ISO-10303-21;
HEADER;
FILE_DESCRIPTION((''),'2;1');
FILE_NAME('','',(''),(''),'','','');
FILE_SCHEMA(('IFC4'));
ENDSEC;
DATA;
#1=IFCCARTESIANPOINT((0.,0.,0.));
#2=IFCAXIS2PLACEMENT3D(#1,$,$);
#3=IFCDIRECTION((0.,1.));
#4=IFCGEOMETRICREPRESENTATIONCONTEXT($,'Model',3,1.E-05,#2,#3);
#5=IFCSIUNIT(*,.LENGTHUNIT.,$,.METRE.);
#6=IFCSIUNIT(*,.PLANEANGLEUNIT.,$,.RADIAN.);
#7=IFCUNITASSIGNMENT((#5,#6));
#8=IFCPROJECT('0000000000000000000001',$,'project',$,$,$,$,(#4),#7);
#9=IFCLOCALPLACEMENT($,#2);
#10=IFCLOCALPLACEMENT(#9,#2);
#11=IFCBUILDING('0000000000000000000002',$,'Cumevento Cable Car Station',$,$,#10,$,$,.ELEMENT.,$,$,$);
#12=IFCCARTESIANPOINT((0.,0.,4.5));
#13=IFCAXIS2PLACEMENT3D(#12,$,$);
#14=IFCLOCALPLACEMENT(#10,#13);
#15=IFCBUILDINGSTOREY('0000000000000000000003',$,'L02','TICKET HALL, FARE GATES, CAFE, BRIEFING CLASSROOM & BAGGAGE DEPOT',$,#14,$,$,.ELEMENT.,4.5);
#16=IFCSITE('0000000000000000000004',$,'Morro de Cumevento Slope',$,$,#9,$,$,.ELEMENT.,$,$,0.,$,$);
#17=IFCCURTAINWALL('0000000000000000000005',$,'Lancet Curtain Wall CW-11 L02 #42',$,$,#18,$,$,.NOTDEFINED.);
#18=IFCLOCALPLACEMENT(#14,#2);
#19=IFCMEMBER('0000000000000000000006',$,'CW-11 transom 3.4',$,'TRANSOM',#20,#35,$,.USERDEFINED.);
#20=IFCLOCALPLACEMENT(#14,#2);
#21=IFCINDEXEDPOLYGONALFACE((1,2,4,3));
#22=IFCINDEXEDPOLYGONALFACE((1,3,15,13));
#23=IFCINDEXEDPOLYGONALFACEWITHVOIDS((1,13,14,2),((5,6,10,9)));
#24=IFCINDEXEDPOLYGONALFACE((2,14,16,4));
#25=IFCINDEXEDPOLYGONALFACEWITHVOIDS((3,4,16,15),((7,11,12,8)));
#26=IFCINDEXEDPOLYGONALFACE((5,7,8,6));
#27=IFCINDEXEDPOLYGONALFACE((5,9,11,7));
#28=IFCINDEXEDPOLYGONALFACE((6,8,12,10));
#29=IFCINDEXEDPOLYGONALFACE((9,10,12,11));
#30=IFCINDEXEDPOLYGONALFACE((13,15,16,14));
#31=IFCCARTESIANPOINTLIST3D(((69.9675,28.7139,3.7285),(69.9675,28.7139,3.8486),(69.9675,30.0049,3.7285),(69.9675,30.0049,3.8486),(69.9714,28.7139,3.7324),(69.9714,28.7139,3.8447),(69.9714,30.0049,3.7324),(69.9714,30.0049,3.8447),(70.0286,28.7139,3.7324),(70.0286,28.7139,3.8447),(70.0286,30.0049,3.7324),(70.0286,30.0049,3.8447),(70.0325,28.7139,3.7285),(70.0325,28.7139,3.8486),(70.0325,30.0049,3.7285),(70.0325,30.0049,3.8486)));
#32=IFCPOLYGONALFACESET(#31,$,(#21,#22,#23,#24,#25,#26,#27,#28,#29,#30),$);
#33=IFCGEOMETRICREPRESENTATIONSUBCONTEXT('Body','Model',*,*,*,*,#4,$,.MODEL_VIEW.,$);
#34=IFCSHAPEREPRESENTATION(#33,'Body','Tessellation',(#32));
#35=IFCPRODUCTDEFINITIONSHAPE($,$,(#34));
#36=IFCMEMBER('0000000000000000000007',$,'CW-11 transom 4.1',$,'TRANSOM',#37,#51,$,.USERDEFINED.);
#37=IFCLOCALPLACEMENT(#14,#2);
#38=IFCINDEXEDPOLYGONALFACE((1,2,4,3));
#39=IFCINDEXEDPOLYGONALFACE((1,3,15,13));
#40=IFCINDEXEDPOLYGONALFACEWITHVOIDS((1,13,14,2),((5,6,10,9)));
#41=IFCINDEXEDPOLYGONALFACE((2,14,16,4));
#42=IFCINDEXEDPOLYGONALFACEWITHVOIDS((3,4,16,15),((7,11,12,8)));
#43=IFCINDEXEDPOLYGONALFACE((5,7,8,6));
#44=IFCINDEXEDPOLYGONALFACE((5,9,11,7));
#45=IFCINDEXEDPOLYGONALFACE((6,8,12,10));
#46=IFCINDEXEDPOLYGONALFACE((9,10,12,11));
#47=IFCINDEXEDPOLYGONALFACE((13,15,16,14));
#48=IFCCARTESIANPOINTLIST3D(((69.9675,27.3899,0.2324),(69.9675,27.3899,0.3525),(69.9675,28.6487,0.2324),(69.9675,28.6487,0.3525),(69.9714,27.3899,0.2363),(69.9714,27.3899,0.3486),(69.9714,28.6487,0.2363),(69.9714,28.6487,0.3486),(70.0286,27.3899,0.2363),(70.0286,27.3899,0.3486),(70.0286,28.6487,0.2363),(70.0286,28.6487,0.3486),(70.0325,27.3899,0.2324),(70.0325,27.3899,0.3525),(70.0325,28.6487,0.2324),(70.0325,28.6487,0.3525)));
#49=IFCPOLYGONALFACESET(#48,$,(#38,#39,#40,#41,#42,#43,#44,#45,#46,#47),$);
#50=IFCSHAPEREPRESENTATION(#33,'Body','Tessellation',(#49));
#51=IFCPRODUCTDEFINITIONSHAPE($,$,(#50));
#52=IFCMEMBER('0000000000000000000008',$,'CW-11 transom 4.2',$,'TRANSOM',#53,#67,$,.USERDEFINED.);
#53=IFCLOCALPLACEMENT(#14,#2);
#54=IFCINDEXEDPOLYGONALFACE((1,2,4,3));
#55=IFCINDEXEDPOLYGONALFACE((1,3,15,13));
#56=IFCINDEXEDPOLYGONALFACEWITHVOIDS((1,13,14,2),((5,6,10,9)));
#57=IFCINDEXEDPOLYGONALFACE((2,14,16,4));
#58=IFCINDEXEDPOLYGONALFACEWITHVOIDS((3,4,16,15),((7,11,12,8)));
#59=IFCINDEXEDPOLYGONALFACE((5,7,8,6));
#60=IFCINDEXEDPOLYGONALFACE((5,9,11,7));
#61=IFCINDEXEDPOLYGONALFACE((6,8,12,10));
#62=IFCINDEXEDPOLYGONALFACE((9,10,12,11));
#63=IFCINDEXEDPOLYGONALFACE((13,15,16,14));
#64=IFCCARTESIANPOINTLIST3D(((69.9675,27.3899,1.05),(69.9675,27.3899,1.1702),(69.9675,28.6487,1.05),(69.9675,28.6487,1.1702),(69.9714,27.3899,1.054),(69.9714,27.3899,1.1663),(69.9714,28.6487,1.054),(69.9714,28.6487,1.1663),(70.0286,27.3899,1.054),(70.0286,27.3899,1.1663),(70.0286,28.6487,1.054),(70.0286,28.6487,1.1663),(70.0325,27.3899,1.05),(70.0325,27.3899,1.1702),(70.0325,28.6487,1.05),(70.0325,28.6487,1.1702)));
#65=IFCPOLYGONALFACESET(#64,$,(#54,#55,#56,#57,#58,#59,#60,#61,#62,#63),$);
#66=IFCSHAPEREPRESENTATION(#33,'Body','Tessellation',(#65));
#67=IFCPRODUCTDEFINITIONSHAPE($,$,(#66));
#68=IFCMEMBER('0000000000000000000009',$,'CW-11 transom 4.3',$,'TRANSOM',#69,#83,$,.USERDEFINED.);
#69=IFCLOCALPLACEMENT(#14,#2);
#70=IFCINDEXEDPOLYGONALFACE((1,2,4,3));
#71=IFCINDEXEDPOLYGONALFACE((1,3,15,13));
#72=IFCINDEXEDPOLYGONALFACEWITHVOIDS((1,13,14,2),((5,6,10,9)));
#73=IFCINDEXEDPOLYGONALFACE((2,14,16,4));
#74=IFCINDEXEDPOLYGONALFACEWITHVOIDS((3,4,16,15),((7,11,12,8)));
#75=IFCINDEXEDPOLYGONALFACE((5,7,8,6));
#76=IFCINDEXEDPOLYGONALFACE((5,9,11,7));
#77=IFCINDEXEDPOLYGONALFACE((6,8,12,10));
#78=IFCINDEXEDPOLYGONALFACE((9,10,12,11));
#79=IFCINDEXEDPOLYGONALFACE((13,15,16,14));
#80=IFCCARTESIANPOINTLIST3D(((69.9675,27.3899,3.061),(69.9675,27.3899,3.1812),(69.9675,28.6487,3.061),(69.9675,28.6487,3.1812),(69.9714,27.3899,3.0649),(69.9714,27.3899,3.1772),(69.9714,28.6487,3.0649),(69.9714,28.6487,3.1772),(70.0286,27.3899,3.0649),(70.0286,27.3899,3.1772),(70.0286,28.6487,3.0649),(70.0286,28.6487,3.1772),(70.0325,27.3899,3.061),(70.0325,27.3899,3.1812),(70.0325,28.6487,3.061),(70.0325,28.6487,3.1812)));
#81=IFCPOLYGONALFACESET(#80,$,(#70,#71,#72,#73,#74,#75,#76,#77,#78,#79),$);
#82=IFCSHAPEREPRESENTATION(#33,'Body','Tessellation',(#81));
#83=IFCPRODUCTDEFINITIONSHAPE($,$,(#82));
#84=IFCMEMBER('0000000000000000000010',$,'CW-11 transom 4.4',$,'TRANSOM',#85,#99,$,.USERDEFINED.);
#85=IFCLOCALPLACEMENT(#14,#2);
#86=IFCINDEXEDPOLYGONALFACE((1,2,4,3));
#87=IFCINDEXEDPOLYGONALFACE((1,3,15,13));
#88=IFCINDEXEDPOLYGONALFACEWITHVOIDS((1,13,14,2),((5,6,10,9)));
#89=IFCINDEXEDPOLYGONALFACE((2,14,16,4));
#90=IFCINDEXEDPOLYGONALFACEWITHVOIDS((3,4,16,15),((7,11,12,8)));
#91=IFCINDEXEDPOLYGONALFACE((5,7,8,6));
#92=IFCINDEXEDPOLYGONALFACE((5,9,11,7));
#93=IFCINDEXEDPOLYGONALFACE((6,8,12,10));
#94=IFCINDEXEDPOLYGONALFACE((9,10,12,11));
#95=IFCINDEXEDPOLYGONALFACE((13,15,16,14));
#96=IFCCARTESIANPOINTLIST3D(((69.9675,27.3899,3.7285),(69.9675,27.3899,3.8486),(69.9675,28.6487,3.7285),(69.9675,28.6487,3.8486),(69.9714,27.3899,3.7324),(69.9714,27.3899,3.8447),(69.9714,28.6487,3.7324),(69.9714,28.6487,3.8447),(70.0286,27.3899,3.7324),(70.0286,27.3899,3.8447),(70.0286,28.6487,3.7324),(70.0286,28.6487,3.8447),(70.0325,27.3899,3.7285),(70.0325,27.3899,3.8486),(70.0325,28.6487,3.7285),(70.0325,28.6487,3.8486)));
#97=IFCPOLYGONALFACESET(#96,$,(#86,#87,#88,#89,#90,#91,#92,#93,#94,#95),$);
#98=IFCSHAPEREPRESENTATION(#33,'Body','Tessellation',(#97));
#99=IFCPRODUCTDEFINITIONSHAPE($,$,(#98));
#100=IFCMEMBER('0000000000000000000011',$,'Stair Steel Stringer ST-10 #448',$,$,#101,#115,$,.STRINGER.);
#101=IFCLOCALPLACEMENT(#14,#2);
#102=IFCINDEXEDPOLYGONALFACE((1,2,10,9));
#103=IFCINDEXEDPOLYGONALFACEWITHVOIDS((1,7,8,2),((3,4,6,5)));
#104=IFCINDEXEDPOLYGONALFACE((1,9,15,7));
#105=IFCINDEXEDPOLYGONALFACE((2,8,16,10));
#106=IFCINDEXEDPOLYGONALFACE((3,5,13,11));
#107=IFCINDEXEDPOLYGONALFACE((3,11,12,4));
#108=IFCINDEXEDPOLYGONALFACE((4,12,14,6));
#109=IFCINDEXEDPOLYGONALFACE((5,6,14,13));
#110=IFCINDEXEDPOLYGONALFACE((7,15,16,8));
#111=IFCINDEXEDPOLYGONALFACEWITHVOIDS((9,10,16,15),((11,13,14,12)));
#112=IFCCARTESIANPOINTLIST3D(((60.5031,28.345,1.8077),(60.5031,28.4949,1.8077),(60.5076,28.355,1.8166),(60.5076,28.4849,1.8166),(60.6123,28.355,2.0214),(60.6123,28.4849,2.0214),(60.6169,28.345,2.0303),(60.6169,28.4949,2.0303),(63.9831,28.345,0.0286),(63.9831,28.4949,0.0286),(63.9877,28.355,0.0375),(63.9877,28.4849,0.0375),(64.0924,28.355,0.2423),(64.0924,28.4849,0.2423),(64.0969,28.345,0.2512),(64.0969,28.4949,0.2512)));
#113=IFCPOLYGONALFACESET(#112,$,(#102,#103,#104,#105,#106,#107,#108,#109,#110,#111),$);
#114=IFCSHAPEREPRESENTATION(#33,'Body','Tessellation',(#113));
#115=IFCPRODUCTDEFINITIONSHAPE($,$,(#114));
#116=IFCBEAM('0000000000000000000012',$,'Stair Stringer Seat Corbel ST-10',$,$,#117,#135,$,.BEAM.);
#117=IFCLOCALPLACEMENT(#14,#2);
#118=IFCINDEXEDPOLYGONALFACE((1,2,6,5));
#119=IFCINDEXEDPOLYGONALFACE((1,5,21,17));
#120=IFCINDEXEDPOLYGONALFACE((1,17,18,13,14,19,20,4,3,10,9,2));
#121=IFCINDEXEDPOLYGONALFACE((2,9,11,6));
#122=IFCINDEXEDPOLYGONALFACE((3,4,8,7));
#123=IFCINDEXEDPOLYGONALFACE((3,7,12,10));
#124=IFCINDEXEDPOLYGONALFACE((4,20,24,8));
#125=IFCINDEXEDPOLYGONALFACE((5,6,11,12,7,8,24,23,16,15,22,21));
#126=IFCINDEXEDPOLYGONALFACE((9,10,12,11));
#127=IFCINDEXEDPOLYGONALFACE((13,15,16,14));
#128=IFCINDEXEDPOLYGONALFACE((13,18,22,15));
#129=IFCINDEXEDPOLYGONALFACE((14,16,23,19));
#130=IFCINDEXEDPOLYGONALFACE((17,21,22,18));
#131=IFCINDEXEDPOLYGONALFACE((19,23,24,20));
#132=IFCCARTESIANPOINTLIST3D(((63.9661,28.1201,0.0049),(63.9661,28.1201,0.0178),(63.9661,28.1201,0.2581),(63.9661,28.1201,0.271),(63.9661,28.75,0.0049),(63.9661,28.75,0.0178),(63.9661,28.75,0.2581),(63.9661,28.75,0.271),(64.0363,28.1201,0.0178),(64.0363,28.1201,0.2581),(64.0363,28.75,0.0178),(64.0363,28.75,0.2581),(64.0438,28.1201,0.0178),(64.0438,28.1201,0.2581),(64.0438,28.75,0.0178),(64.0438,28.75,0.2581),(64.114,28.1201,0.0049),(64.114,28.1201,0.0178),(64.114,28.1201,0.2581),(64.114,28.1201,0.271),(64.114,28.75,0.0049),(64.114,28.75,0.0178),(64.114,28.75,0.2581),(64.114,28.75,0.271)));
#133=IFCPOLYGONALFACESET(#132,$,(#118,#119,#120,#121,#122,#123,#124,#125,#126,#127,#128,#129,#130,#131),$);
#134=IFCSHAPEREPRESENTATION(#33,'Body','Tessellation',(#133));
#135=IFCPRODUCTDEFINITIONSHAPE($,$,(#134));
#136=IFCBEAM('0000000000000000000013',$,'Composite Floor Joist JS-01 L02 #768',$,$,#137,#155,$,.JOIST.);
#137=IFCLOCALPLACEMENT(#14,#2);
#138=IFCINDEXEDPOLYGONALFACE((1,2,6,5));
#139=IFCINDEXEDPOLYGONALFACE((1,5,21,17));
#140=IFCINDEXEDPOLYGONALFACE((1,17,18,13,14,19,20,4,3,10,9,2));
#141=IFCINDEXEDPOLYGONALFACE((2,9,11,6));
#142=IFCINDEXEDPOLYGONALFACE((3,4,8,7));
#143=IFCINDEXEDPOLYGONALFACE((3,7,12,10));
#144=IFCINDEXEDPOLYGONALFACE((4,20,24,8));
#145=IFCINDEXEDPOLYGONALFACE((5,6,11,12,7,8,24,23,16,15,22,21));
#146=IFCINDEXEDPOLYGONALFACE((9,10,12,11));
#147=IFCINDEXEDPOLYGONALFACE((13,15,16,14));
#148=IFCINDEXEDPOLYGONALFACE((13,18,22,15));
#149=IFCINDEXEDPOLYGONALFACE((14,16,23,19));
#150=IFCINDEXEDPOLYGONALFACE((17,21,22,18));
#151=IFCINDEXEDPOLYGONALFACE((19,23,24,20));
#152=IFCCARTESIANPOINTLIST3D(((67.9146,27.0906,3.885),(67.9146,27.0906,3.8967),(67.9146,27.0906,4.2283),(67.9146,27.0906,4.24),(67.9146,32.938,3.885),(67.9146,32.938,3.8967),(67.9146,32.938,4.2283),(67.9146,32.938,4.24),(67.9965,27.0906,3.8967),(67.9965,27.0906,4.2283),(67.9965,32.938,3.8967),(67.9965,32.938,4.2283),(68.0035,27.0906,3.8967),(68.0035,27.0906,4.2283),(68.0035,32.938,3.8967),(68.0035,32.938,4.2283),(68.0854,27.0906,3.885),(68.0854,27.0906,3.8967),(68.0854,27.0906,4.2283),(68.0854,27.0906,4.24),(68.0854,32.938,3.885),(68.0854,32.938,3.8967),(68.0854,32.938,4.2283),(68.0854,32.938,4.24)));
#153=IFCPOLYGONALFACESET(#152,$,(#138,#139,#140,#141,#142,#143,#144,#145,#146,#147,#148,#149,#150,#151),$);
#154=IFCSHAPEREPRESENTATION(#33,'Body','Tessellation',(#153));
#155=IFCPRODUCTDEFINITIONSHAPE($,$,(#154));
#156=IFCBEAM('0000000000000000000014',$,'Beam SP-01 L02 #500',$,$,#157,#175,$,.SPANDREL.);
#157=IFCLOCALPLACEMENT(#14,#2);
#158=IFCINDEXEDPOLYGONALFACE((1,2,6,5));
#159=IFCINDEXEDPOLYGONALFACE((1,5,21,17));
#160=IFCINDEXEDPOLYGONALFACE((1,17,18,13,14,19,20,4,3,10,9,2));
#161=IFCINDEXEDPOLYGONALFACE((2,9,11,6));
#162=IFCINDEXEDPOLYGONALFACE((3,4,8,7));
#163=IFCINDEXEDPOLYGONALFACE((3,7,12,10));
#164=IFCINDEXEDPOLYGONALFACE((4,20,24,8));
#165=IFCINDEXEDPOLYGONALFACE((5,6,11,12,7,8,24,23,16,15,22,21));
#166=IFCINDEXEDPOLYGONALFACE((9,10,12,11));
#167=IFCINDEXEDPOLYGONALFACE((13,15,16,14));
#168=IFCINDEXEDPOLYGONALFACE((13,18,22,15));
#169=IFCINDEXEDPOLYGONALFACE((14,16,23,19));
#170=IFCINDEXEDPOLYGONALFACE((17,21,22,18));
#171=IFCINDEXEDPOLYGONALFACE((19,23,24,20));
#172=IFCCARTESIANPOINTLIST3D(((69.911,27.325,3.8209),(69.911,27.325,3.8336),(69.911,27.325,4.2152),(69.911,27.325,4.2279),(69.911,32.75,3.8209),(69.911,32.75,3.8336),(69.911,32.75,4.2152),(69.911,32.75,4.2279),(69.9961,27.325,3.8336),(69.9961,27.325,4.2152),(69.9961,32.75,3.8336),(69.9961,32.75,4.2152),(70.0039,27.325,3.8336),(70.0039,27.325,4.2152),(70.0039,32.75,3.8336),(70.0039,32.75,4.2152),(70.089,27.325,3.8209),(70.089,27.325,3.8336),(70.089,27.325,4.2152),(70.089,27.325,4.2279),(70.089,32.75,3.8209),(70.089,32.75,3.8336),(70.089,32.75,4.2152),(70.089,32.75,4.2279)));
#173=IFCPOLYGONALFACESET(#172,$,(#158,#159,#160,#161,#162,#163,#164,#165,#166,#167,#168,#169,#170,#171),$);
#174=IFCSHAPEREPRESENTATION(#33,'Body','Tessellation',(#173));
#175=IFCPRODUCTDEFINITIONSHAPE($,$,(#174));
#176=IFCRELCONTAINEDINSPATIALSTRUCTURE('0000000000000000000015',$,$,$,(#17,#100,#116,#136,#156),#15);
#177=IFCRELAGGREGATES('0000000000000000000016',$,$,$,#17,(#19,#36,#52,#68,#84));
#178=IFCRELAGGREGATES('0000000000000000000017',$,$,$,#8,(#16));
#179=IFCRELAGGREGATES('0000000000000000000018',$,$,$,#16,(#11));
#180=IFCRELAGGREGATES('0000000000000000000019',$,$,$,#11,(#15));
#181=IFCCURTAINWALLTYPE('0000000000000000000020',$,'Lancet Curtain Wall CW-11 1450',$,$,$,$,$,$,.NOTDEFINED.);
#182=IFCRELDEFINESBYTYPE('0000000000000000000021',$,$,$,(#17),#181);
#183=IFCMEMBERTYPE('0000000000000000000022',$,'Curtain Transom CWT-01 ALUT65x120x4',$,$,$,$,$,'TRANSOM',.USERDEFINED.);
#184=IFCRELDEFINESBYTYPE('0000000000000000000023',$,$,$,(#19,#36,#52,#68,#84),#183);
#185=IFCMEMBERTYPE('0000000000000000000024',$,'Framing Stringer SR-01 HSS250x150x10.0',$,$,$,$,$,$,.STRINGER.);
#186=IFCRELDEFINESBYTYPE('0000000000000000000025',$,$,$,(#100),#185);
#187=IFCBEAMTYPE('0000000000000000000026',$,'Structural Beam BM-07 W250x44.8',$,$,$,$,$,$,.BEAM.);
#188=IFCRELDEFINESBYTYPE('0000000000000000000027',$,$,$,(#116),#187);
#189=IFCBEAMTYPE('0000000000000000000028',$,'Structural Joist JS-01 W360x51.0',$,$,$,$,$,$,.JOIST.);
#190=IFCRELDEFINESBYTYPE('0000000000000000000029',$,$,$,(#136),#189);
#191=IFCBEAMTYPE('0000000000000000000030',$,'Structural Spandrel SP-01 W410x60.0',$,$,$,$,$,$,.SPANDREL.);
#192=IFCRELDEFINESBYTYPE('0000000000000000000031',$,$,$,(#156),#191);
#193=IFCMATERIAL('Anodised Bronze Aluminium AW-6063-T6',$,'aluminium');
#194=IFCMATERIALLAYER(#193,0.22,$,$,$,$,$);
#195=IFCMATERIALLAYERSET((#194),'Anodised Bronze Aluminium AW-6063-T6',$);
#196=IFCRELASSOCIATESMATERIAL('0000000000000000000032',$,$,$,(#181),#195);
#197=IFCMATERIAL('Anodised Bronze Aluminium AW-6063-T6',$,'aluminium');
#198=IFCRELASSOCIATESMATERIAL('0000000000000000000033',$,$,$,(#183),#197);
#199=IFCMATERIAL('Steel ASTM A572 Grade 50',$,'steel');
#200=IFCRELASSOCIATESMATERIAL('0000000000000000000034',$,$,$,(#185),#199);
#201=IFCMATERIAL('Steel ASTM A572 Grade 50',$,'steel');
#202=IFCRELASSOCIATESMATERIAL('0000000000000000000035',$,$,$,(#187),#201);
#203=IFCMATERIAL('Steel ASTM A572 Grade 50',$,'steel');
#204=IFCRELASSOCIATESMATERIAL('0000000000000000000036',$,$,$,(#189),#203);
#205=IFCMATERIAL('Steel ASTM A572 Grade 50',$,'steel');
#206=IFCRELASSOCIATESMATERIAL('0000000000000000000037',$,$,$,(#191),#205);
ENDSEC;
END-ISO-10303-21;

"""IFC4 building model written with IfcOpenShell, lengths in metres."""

from ifc_helpers import new_model, si_unit, direction, frame, origin, origin_2d, place, context, subcontext, project, spatial, hollow_rectangle, i_section, extrude, material, layer, layer_set, material_profile, profile_set, type_object, element, aggregate, save


model = new_model("IFC4")

# Units and contexts
model_context = context("Model", 3, precision=1e-05, world=origin(), true_north=direction((0.0, 1.0)))
body_context = subcontext(model_context, "Body", "Model", "MODEL_VIEW")
ifc_project = project(units=[si_unit("LENGTHUNIT", "METRE"), si_unit("PLANEANGLEUNIT", "RADIAN")], contexts=[model_context])

# Site, building, storey
site_placement = place(None, origin())
site = spatial("IfcSite", under=ifc_project, at=site_placement, Name="Morro de Cumevento Slope", CompositionType="ELEMENT", RefElevation=0.0)
building_placement = place(site_placement, origin())
building = spatial("IfcBuilding", under=site, at=building_placement, Name="Cumevento Cable Car Station", CompositionType="ELEMENT")
storey_placement = place(building_placement, frame((0.0, 0.0, 4.5)))
storey = spatial("IfcBuildingStorey", under=building, at=storey_placement, Name="L02", Description="TICKET HALL, FARE GATES, CAFE, BRIEFING CLASSROOM & BAGGAGE DEPOT", CompositionType="ELEMENT", Elevation=4.5)

# Curtain wall, members
ifc_material_1 = material(Name="Anodised Bronze Aluminium AW-6063-T6", Category="aluminium")
ifc_layer_1 = layer(ifc_material_1, 0.22)
ifc_layer_set_1 = layer_set([ifc_layer_1], Name="Anodised Bronze Aluminium AW-6063-T6")
curtain_wall_type = type_object("IfcCurtainWallType", Name="Lancet Curtain Wall CW-11 1450", PredefinedType="NOTDEFINED", material=ifc_layer_set_1)
curtain_wall_placement = place(storey_placement, origin())
curtain_wall = element("IfcCurtainWall", 1, at=curtain_wall_placement, inside=storey, type_object=curtain_wall_type, Name="Lancet Curtain Wall CW-11 L02 #42", PredefinedType="NOTDEFINED")
ifc_material_2 = material(Name="Anodised Bronze Aluminium AW-6063-T6", Category="aluminium")
ifc_material_profile_1 = material_profile(ifc_material_2, hollow_rectangle(XDim=0.0649, YDim=0.1201, WallThickness=0.0039, at=origin_2d()), Name="ALUT65x120x4")
ifc_profile_set_1 = profile_set([ifc_material_profile_1], Name="Anodised Bronze Aluminium AW-6063-T6")
member_type_1 = type_object("IfcMemberType", Name="Curtain Transom CWT-01 ALUT65x120x4", ElementType="TRANSOM", PredefinedType="USERDEFINED", material=ifc_profile_set_1)
member_1_placement = place(storey_placement, frame((70.0, 30.0049, 3.7886), z_axis=(0.0, -1.0, 0.0), x_axis=(1.0, 0.0, 0.0)))
member_1 = element("IfcMember", 2, at=member_1_placement, type_object=member_type_1, Name="CW-11 transom 3.4", ObjectType="TRANSOM", PredefinedType="USERDEFINED", context=body_context, shape_type="SweptSolid", body=[
    extrude(hollow_rectangle(XDim=0.0649, YDim=0.1201, WallThickness=0.0039, at=origin_2d()), origin(), (0.0, 0.0, 1.0), 1.291),
])
member_2_placement = place(storey_placement, frame((70.0, 28.6487, 0.2925), z_axis=(0.0, -1.0, 0.0), x_axis=(1.0, 0.0, 0.0)))
member_2 = element("IfcMember", 3, at=member_2_placement, type_object=member_type_1, Name="CW-11 transom 4.1", ObjectType="TRANSOM", PredefinedType="USERDEFINED", context=body_context, shape_type="SweptSolid", body=[
    extrude(hollow_rectangle(XDim=0.0649, YDim=0.1201, WallThickness=0.0039, at=origin_2d()), origin(), (0.0, 0.0, 1.0), 1.2588),
])
member_3_placement = place(storey_placement, frame((70.0, 28.6487, 1.1101), z_axis=(0.0, -1.0, 0.0), x_axis=(1.0, 0.0, 0.0)))
member_3 = element("IfcMember", 4, at=member_3_placement, type_object=member_type_1, Name="CW-11 transom 4.2", ObjectType="TRANSOM", PredefinedType="USERDEFINED", context=body_context, shape_type="SweptSolid", body=[
    extrude(hollow_rectangle(XDim=0.0649, YDim=0.1201, WallThickness=0.0039, at=origin_2d()), origin(), (0.0, 0.0, 1.0), 1.2588),
])
member_4_placement = place(storey_placement, frame((70.0, 28.6487, 3.1211), z_axis=(0.0, -1.0, 0.0), x_axis=(1.0, 0.0, 0.0)))
member_4 = element("IfcMember", 5, at=member_4_placement, type_object=member_type_1, Name="CW-11 transom 4.3", ObjectType="TRANSOM", PredefinedType="USERDEFINED", context=body_context, shape_type="SweptSolid", body=[
    extrude(hollow_rectangle(XDim=0.0649, YDim=0.1201, WallThickness=0.0039, at=origin_2d()), origin(), (0.0, 0.0, 1.0), 1.2588),
])
member_5_placement = place(storey_placement, frame((70.0, 28.6487, 3.7886), z_axis=(0.0, -1.0, 0.0), x_axis=(1.0, 0.0, 0.0)))
member_5 = element("IfcMember", 6, at=member_5_placement, type_object=member_type_1, Name="CW-11 transom 4.4", ObjectType="TRANSOM", PredefinedType="USERDEFINED", context=body_context, shape_type="SweptSolid", body=[
    extrude(hollow_rectangle(XDim=0.0649, YDim=0.1201, WallThickness=0.0039, at=origin_2d()), origin(), (0.0, 0.0, 1.0), 1.2588),
])

# Member
ifc_material_3 = material(Name="Steel ASTM A572 Grade 50", Category="steel")
ifc_material_profile_2 = material_profile(ifc_material_3, hollow_rectangle(XDim=0.1499, YDim=0.25, WallThickness=0.01, at=origin_2d()), Name="HSS250x150x10.0")
ifc_profile_set_2 = profile_set([ifc_material_profile_2], Name="Steel ASTM A572 Grade 50")
member_type_2 = type_object("IfcMemberType", Name="Framing Stringer SR-01 HSS250x150x10.0", PredefinedType="STRINGER", material=ifc_profile_set_2)
member_6_placement = place(storey_placement, frame((64.04, 28.4199, 0.1399), z_axis=(-0.890394, 0.0, 0.455191), x_axis=(0.0, -1.0, 0.0)))
element("IfcMember", 7, at=member_6_placement, inside=storey, type_object=member_type_2, Name="Stair Steel Stringer ST-10 #448", PredefinedType="STRINGER", context=body_context, shape_type="SweptSolid", body=[
    extrude(hollow_rectangle(XDim=0.1499, YDim=0.25, WallThickness=0.01, at=origin_2d()), origin(), (0.0, 0.0, 1.0), 3.9084),
])

# Beams
ifc_material_4 = material(Name="Steel ASTM A572 Grade 50", Category="steel")
ifc_material_profile_3 = material_profile(ifc_material_4, i_section(OverallWidth=0.1479, OverallDepth=0.2661, WebThickness=0.0076, FlangeThickness=0.0129, at=origin_2d()), Name="W250x44.8")
ifc_profile_set_3 = profile_set([ifc_material_profile_3], Name="Steel ASTM A572 Grade 50")
beam_type_1 = type_object("IfcBeamType", Name="Structural Beam BM-07 W250x44.8", PredefinedType="BEAM", material=ifc_profile_set_3)
beam_1_placement = place(storey_placement, frame((64.04, 28.1201, 0.1379), z_axis=(0.0, 1.0, 0.0), x_axis=(-1.0, 0.0, 0.0)))
element("IfcBeam", 8, at=beam_1_placement, inside=storey, type_object=beam_type_1, Name="Stair Stringer Seat Corbel ST-10", PredefinedType="BEAM", context=body_context, shape_type="SweptSolid", body=[
    extrude(i_section(OverallWidth=0.1479, OverallDepth=0.2661, WebThickness=0.0076, FlangeThickness=0.0129, at=origin_2d()), origin(), (0.0, 0.0, 1.0), 0.6299),
])
ifc_material_5 = material(Name="Steel ASTM A572 Grade 50", Category="steel")
ifc_material_profile_4 = material_profile(ifc_material_5, i_section(OverallWidth=0.1709, OverallDepth=0.355, WebThickness=0.0071, FlangeThickness=0.0117, at=origin_2d()), Name="W360x51.0")
ifc_profile_set_4 = profile_set([ifc_material_profile_4], Name="Steel ASTM A572 Grade 50")
beam_type_2 = type_object("IfcBeamType", Name="Structural Joist JS-01 W360x51.0", PredefinedType="JOIST", material=ifc_profile_set_4)
beam_2_placement = place(storey_placement, frame((68.0, 27.0906, 4.0625), z_axis=(0.0, 1.0, 0.0), x_axis=(-1.0, 0.0, 0.0)))
element("IfcBeam", 9, at=beam_2_placement, inside=storey, type_object=beam_type_2, Name="Composite Floor Joist JS-01 L02 #768", PredefinedType="JOIST", context=body_context, shape_type="SweptSolid", body=[
    extrude(i_section(OverallWidth=0.1709, OverallDepth=0.355, WebThickness=0.0071, FlangeThickness=0.0117, at=origin_2d()), origin(), (0.0, 0.0, 1.0), 5.8474),
])
ifc_material_6 = material(Name="Steel ASTM A572 Grade 50", Category="steel")
ifc_material_profile_5 = material_profile(ifc_material_6, i_section(OverallWidth=0.178, OverallDepth=0.407, WebThickness=0.0078, FlangeThickness=0.0127, at=origin_2d()), Name="W410x60.0")
ifc_profile_set_5 = profile_set([ifc_material_profile_5], Name="Steel ASTM A572 Grade 50")
beam_type_3 = type_object("IfcBeamType", Name="Structural Spandrel SP-01 W410x60.0", PredefinedType="SPANDREL", material=ifc_profile_set_5)
beam_3_placement = place(storey_placement, frame((70.0, 27.325, 4.0244), z_axis=(0.0, 1.0, 0.0), x_axis=(-1.0, 0.0, 0.0)))
element("IfcBeam", 10, at=beam_3_placement, inside=storey, type_object=beam_type_3, Name="Beam SP-01 L02 #500", PredefinedType="SPANDREL", context=body_context, shape_type="SweptSolid", body=[
    extrude(i_section(OverallWidth=0.178, OverallDepth=0.407, WebThickness=0.0078, FlangeThickness=0.0127, at=origin_2d()), origin(), (0.0, 0.0, 1.0), 5.425),
])

aggregate(curtain_wall, [member_1, member_2, member_3, member_4, member_5])

save(model, "model.ifc")
